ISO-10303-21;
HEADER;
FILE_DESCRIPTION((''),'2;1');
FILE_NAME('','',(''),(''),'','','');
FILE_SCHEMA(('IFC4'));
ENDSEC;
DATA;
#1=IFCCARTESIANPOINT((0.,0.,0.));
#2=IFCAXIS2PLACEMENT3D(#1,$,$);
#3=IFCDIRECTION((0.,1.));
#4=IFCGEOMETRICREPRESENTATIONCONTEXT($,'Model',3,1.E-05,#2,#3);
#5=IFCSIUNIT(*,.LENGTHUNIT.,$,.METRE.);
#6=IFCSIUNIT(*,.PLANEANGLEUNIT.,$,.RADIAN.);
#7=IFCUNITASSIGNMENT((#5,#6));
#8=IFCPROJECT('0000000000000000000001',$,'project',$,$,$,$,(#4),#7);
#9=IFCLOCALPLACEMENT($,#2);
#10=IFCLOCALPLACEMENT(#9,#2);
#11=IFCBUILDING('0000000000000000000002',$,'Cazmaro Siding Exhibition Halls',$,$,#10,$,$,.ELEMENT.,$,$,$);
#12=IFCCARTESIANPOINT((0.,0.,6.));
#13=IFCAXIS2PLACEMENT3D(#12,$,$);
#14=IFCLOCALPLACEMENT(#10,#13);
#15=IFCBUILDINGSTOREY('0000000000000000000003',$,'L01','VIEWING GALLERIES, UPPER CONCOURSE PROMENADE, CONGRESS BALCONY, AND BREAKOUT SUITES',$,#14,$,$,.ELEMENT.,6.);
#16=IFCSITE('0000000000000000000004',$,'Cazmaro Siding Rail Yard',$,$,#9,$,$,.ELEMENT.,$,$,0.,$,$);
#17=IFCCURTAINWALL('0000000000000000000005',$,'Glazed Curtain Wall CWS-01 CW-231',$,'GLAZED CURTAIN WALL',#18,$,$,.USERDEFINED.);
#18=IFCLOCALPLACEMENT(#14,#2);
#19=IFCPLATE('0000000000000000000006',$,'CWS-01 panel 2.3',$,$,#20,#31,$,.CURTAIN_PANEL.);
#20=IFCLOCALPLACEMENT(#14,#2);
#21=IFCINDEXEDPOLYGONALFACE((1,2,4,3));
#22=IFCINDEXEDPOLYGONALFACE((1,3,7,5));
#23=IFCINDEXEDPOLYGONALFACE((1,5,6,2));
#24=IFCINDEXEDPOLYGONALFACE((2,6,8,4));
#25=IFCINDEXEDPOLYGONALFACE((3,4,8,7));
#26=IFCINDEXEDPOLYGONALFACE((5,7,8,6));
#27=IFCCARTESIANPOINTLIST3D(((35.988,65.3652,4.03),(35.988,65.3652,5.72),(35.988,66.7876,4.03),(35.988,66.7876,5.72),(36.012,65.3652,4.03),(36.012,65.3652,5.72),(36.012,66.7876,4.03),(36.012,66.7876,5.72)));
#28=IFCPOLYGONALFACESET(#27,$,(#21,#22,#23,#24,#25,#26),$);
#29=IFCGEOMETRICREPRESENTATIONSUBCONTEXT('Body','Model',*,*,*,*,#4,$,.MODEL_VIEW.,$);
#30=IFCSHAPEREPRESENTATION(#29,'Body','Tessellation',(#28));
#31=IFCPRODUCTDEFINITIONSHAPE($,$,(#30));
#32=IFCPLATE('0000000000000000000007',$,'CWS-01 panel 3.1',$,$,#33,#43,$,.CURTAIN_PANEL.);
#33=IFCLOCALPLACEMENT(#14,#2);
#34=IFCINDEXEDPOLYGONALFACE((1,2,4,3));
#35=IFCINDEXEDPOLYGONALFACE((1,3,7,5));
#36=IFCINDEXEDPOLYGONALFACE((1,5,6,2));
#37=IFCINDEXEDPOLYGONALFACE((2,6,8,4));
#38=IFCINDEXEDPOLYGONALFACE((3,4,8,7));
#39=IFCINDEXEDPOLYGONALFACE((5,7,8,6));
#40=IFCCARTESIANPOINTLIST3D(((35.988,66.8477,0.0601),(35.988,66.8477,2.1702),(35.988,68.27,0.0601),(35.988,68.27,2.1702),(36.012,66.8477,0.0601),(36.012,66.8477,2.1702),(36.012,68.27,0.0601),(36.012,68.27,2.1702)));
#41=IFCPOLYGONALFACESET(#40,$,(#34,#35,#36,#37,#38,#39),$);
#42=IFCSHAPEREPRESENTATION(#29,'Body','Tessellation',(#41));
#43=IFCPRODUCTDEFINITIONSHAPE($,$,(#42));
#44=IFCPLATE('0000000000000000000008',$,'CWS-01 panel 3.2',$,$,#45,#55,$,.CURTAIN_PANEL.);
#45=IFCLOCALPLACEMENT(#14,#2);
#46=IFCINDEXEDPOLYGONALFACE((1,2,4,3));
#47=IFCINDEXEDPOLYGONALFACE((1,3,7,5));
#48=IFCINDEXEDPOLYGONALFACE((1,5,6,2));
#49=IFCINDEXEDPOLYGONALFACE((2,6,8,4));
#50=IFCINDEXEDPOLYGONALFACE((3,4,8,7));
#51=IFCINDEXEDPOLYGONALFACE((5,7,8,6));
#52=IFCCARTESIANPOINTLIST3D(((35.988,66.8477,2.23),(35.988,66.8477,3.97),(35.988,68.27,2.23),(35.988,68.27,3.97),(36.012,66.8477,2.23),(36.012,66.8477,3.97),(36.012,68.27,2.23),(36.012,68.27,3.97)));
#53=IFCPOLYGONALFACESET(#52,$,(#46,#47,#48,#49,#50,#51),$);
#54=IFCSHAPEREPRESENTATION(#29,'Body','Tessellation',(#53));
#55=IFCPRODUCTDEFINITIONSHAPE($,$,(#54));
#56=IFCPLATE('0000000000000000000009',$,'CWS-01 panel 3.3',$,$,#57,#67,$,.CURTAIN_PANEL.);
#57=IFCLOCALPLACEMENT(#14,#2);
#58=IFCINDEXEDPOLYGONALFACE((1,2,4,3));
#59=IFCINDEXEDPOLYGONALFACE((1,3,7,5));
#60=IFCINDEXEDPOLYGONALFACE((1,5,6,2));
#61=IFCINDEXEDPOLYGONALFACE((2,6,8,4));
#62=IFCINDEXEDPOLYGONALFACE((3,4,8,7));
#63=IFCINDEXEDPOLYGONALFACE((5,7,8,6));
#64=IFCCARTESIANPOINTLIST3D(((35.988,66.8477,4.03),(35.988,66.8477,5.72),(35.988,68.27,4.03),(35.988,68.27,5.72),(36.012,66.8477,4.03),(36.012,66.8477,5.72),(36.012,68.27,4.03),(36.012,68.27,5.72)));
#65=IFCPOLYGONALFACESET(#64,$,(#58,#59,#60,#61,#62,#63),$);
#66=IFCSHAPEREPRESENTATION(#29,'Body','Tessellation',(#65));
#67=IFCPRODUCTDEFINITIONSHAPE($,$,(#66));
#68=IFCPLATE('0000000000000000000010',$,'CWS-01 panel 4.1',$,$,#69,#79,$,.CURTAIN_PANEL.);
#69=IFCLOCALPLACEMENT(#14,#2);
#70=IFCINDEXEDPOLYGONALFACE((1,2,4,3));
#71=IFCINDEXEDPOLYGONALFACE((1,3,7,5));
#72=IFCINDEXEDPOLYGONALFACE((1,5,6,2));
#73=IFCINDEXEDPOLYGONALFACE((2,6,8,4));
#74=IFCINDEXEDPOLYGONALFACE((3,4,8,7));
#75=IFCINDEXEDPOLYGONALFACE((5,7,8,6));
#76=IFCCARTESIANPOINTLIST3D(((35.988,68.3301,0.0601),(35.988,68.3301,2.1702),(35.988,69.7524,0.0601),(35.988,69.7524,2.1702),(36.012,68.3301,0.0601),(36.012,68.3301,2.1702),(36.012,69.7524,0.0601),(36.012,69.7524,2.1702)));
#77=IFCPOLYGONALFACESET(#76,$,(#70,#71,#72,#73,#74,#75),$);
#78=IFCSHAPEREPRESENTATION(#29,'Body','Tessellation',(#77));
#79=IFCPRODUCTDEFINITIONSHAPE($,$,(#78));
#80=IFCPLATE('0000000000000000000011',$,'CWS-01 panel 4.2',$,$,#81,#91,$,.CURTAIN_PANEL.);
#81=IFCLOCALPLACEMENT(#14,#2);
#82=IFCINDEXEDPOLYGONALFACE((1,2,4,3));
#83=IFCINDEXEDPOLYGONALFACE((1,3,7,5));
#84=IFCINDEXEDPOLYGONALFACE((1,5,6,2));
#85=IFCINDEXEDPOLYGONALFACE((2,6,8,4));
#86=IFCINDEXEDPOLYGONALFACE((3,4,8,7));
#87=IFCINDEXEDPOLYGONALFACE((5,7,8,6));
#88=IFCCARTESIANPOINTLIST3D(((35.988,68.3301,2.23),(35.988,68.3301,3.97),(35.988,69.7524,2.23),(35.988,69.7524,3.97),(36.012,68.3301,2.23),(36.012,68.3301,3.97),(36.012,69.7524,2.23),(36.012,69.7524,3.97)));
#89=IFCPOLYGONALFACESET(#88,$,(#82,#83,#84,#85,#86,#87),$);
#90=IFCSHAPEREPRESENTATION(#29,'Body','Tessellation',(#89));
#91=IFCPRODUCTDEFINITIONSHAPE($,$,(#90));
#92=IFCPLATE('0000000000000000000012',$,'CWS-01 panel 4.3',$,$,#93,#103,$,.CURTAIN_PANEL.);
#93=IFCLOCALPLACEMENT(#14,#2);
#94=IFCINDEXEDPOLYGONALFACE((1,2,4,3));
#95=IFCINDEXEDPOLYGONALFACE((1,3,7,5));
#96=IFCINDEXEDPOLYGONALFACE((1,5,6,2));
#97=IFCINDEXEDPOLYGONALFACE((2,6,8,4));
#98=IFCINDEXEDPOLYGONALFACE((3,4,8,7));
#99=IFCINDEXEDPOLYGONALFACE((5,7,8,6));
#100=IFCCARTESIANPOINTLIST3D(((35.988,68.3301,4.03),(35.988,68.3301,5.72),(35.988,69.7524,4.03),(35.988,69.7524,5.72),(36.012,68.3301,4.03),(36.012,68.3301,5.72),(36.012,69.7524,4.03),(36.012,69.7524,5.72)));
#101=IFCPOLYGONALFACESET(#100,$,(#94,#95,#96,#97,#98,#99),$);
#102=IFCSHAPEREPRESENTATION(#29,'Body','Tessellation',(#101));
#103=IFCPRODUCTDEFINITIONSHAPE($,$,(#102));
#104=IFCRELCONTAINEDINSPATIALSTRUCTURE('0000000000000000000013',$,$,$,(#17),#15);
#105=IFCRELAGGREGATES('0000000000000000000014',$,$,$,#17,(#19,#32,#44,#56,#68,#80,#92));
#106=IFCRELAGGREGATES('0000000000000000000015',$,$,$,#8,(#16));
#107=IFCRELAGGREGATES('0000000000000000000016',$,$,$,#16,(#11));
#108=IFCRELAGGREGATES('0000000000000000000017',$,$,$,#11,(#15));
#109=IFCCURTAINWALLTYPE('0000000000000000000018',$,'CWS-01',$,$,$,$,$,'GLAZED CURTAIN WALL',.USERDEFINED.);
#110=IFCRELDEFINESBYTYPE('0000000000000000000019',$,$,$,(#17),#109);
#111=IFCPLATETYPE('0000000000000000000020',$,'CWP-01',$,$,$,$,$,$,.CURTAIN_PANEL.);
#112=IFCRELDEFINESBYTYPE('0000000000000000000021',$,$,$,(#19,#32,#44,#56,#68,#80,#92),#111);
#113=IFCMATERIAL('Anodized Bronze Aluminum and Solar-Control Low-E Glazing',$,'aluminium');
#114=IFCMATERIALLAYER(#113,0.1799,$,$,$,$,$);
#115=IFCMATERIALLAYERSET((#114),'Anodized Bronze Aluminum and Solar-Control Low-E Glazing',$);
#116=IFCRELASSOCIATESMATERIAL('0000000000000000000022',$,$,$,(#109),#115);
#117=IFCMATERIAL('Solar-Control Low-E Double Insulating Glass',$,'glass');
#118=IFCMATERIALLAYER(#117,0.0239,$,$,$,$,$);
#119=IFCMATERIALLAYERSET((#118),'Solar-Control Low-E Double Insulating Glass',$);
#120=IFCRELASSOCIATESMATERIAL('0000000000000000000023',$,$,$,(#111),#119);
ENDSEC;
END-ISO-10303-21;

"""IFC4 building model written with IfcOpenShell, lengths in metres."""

from ifc_helpers import new_model, si_unit, direction, frame, origin, origin_2d, place, context, subcontext, project, spatial, rectangle, extrude, material, layer, layer_set, type_object, element, aggregate, save


model = new_model("IFC4")

# Units and contexts
model_context = context("Model", 3, precision=1e-05, world=origin(), true_north=direction((0.0, 1.0)))
body_context = subcontext(model_context, "Body", "Model", "MODEL_VIEW")
ifc_project = project(units=[si_unit("LENGTHUNIT", "METRE"), si_unit("PLANEANGLEUNIT", "RADIAN")], contexts=[model_context])

# Site, building, storey
site_placement = place(None, origin())
site = spatial("IfcSite", under=ifc_project, at=site_placement, Name="Cazmaro Siding Rail Yard", CompositionType="ELEMENT", RefElevation=0.0)
building_placement = place(site_placement, origin())
building = spatial("IfcBuilding", under=site, at=building_placement, Name="Cazmaro Siding Exhibition Halls", CompositionType="ELEMENT")
storey_placement = place(building_placement, frame((0.0, 0.0, 6.0)))
storey = spatial("IfcBuildingStorey", under=building, at=storey_placement, Name="L01", Description="VIEWING GALLERIES, UPPER CONCOURSE PROMENADE, CONGRESS BALCONY, AND BREAKOUT SUITES", CompositionType="ELEMENT", Elevation=6.0)

# Curtain wall, plates
ifc_material_1 = material(Name="Anodized Bronze Aluminum and Solar-Control Low-E Glazing", Category="aluminium")
ifc_layer_1 = layer(ifc_material_1, 0.1799)
ifc_layer_set_1 = layer_set([ifc_layer_1], Name="Anodized Bronze Aluminum and Solar-Control Low-E Glazing")
curtain_wall_type = type_object("IfcCurtainWallType", Name="CWS-01", ElementType="GLAZED CURTAIN WALL", PredefinedType="USERDEFINED", material=ifc_layer_set_1)
curtain_wall_placement = place(storey_placement, origin())
curtain_wall = element("IfcCurtainWall", 1, at=curtain_wall_placement, inside=storey, type_object=curtain_wall_type, Name="Glazed Curtain Wall CWS-01 CW-231", ObjectType="GLAZED CURTAIN WALL", PredefinedType="USERDEFINED")
ifc_material_2 = material(Name="Solar-Control Low-E Double Insulating Glass", Category="glass")
ifc_layer_2 = layer(ifc_material_2, 0.0239)
ifc_layer_set_2 = layer_set([ifc_layer_2], Name="Solar-Control Low-E Double Insulating Glass")
plate_type = type_object("IfcPlateType", Name="CWP-01", PredefinedType="CURTAIN_PANEL", material=ifc_layer_set_2)
plate_1_placement = place(storey_placement, frame((36.0, 66.0764, 4.03), z_axis=(0.0, 0.0, 1.0), x_axis=(0.0, 1.0, 0.0)))
plate_1 = element("IfcPlate", 2, at=plate_1_placement, type_object=plate_type, Name="CWS-01 panel 2.3", PredefinedType="CURTAIN_PANEL", context=body_context, shape_type="SweptSolid", body=[
    extrude(rectangle(XDim=1.4224, YDim=0.0239, at=origin_2d()), origin(), (0.0, 0.0, 1.0), 1.6899),
])
plate_2_placement = place(storey_placement, frame((36.0, 67.5588, 0.0601), z_axis=(0.0, 0.0, 1.0), x_axis=(0.0, 1.0, 0.0)))
plate_2 = element("IfcPlate", 3, at=plate_2_placement, type_object=plate_type, Name="CWS-01 panel 3.1", PredefinedType="CURTAIN_PANEL", context=body_context, shape_type="SweptSolid", body=[
    extrude(rectangle(XDim=1.4224, YDim=0.0239, at=origin_2d()), origin(), (0.0, 0.0, 1.0), 2.1101),
])
plate_3_placement = place(storey_placement, frame((36.0, 67.5588, 2.23), z_axis=(0.0, 0.0, 1.0), x_axis=(0.0, 1.0, 0.0)))
plate_3 = element("IfcPlate", 4, at=plate_3_placement, type_object=plate_type, Name="CWS-01 panel 3.2", PredefinedType="CURTAIN_PANEL", context=body_context, shape_type="SweptSolid", body=[
    extrude(rectangle(XDim=1.4224, YDim=0.0239, at=origin_2d()), origin(), (0.0, 0.0, 1.0), 1.74),
])
plate_4_placement = place(storey_placement, frame((36.0, 67.5588, 4.03), z_axis=(0.0, 0.0, 1.0), x_axis=(0.0, 1.0, 0.0)))
plate_4 = element("IfcPlate", 5, at=plate_4_placement, type_object=plate_type, Name="CWS-01 panel 3.3", PredefinedType="CURTAIN_PANEL", context=body_context, shape_type="SweptSolid", body=[
    extrude(rectangle(XDim=1.4224, YDim=0.0239, at=origin_2d()), origin(), (0.0, 0.0, 1.0), 1.6899),
])
plate_5_placement = place(storey_placement, frame((36.0, 69.0413, 0.0601), z_axis=(0.0, 0.0, 1.0), x_axis=(0.0, 1.0, 0.0)))
plate_5 = element("IfcPlate", 6, at=plate_5_placement, type_object=plate_type, Name="CWS-01 panel 4.1", PredefinedType="CURTAIN_PANEL", context=body_context, shape_type="SweptSolid", body=[
    extrude(rectangle(XDim=1.4224, YDim=0.0239, at=origin_2d()), origin(), (0.0, 0.0, 1.0), 2.1101),
])
plate_6_placement = place(storey_placement, frame((36.0, 69.0413, 2.23), z_axis=(0.0, 0.0, 1.0), x_axis=(0.0, 1.0, 0.0)))
plate_6 = element("IfcPlate", 7, at=plate_6_placement, type_object=plate_type, Name="CWS-01 panel 4.2", PredefinedType="CURTAIN_PANEL", context=body_context, shape_type="SweptSolid", body=[
    extrude(rectangle(XDim=1.4224, YDim=0.0239, at=origin_2d()), origin(), (0.0, 0.0, 1.0), 1.74),
])
plate_7_placement = place(storey_placement, frame((36.0, 69.0413, 4.03), z_axis=(0.0, 0.0, 1.0), x_axis=(0.0, 1.0, 0.0)))
plate_7 = element("IfcPlate", 8, at=plate_7_placement, type_object=plate_type, Name="CWS-01 panel 4.3", PredefinedType="CURTAIN_PANEL", context=body_context, shape_type="SweptSolid", body=[
    extrude(rectangle(XDim=1.4224, YDim=0.0239, at=origin_2d()), origin(), (0.0, 0.0, 1.0), 1.6899),
])
aggregate(curtain_wall, [plate_1, plate_2, plate_3, plate_4, plate_5, plate_6, plate_7])

save(model, "model.ifc")
